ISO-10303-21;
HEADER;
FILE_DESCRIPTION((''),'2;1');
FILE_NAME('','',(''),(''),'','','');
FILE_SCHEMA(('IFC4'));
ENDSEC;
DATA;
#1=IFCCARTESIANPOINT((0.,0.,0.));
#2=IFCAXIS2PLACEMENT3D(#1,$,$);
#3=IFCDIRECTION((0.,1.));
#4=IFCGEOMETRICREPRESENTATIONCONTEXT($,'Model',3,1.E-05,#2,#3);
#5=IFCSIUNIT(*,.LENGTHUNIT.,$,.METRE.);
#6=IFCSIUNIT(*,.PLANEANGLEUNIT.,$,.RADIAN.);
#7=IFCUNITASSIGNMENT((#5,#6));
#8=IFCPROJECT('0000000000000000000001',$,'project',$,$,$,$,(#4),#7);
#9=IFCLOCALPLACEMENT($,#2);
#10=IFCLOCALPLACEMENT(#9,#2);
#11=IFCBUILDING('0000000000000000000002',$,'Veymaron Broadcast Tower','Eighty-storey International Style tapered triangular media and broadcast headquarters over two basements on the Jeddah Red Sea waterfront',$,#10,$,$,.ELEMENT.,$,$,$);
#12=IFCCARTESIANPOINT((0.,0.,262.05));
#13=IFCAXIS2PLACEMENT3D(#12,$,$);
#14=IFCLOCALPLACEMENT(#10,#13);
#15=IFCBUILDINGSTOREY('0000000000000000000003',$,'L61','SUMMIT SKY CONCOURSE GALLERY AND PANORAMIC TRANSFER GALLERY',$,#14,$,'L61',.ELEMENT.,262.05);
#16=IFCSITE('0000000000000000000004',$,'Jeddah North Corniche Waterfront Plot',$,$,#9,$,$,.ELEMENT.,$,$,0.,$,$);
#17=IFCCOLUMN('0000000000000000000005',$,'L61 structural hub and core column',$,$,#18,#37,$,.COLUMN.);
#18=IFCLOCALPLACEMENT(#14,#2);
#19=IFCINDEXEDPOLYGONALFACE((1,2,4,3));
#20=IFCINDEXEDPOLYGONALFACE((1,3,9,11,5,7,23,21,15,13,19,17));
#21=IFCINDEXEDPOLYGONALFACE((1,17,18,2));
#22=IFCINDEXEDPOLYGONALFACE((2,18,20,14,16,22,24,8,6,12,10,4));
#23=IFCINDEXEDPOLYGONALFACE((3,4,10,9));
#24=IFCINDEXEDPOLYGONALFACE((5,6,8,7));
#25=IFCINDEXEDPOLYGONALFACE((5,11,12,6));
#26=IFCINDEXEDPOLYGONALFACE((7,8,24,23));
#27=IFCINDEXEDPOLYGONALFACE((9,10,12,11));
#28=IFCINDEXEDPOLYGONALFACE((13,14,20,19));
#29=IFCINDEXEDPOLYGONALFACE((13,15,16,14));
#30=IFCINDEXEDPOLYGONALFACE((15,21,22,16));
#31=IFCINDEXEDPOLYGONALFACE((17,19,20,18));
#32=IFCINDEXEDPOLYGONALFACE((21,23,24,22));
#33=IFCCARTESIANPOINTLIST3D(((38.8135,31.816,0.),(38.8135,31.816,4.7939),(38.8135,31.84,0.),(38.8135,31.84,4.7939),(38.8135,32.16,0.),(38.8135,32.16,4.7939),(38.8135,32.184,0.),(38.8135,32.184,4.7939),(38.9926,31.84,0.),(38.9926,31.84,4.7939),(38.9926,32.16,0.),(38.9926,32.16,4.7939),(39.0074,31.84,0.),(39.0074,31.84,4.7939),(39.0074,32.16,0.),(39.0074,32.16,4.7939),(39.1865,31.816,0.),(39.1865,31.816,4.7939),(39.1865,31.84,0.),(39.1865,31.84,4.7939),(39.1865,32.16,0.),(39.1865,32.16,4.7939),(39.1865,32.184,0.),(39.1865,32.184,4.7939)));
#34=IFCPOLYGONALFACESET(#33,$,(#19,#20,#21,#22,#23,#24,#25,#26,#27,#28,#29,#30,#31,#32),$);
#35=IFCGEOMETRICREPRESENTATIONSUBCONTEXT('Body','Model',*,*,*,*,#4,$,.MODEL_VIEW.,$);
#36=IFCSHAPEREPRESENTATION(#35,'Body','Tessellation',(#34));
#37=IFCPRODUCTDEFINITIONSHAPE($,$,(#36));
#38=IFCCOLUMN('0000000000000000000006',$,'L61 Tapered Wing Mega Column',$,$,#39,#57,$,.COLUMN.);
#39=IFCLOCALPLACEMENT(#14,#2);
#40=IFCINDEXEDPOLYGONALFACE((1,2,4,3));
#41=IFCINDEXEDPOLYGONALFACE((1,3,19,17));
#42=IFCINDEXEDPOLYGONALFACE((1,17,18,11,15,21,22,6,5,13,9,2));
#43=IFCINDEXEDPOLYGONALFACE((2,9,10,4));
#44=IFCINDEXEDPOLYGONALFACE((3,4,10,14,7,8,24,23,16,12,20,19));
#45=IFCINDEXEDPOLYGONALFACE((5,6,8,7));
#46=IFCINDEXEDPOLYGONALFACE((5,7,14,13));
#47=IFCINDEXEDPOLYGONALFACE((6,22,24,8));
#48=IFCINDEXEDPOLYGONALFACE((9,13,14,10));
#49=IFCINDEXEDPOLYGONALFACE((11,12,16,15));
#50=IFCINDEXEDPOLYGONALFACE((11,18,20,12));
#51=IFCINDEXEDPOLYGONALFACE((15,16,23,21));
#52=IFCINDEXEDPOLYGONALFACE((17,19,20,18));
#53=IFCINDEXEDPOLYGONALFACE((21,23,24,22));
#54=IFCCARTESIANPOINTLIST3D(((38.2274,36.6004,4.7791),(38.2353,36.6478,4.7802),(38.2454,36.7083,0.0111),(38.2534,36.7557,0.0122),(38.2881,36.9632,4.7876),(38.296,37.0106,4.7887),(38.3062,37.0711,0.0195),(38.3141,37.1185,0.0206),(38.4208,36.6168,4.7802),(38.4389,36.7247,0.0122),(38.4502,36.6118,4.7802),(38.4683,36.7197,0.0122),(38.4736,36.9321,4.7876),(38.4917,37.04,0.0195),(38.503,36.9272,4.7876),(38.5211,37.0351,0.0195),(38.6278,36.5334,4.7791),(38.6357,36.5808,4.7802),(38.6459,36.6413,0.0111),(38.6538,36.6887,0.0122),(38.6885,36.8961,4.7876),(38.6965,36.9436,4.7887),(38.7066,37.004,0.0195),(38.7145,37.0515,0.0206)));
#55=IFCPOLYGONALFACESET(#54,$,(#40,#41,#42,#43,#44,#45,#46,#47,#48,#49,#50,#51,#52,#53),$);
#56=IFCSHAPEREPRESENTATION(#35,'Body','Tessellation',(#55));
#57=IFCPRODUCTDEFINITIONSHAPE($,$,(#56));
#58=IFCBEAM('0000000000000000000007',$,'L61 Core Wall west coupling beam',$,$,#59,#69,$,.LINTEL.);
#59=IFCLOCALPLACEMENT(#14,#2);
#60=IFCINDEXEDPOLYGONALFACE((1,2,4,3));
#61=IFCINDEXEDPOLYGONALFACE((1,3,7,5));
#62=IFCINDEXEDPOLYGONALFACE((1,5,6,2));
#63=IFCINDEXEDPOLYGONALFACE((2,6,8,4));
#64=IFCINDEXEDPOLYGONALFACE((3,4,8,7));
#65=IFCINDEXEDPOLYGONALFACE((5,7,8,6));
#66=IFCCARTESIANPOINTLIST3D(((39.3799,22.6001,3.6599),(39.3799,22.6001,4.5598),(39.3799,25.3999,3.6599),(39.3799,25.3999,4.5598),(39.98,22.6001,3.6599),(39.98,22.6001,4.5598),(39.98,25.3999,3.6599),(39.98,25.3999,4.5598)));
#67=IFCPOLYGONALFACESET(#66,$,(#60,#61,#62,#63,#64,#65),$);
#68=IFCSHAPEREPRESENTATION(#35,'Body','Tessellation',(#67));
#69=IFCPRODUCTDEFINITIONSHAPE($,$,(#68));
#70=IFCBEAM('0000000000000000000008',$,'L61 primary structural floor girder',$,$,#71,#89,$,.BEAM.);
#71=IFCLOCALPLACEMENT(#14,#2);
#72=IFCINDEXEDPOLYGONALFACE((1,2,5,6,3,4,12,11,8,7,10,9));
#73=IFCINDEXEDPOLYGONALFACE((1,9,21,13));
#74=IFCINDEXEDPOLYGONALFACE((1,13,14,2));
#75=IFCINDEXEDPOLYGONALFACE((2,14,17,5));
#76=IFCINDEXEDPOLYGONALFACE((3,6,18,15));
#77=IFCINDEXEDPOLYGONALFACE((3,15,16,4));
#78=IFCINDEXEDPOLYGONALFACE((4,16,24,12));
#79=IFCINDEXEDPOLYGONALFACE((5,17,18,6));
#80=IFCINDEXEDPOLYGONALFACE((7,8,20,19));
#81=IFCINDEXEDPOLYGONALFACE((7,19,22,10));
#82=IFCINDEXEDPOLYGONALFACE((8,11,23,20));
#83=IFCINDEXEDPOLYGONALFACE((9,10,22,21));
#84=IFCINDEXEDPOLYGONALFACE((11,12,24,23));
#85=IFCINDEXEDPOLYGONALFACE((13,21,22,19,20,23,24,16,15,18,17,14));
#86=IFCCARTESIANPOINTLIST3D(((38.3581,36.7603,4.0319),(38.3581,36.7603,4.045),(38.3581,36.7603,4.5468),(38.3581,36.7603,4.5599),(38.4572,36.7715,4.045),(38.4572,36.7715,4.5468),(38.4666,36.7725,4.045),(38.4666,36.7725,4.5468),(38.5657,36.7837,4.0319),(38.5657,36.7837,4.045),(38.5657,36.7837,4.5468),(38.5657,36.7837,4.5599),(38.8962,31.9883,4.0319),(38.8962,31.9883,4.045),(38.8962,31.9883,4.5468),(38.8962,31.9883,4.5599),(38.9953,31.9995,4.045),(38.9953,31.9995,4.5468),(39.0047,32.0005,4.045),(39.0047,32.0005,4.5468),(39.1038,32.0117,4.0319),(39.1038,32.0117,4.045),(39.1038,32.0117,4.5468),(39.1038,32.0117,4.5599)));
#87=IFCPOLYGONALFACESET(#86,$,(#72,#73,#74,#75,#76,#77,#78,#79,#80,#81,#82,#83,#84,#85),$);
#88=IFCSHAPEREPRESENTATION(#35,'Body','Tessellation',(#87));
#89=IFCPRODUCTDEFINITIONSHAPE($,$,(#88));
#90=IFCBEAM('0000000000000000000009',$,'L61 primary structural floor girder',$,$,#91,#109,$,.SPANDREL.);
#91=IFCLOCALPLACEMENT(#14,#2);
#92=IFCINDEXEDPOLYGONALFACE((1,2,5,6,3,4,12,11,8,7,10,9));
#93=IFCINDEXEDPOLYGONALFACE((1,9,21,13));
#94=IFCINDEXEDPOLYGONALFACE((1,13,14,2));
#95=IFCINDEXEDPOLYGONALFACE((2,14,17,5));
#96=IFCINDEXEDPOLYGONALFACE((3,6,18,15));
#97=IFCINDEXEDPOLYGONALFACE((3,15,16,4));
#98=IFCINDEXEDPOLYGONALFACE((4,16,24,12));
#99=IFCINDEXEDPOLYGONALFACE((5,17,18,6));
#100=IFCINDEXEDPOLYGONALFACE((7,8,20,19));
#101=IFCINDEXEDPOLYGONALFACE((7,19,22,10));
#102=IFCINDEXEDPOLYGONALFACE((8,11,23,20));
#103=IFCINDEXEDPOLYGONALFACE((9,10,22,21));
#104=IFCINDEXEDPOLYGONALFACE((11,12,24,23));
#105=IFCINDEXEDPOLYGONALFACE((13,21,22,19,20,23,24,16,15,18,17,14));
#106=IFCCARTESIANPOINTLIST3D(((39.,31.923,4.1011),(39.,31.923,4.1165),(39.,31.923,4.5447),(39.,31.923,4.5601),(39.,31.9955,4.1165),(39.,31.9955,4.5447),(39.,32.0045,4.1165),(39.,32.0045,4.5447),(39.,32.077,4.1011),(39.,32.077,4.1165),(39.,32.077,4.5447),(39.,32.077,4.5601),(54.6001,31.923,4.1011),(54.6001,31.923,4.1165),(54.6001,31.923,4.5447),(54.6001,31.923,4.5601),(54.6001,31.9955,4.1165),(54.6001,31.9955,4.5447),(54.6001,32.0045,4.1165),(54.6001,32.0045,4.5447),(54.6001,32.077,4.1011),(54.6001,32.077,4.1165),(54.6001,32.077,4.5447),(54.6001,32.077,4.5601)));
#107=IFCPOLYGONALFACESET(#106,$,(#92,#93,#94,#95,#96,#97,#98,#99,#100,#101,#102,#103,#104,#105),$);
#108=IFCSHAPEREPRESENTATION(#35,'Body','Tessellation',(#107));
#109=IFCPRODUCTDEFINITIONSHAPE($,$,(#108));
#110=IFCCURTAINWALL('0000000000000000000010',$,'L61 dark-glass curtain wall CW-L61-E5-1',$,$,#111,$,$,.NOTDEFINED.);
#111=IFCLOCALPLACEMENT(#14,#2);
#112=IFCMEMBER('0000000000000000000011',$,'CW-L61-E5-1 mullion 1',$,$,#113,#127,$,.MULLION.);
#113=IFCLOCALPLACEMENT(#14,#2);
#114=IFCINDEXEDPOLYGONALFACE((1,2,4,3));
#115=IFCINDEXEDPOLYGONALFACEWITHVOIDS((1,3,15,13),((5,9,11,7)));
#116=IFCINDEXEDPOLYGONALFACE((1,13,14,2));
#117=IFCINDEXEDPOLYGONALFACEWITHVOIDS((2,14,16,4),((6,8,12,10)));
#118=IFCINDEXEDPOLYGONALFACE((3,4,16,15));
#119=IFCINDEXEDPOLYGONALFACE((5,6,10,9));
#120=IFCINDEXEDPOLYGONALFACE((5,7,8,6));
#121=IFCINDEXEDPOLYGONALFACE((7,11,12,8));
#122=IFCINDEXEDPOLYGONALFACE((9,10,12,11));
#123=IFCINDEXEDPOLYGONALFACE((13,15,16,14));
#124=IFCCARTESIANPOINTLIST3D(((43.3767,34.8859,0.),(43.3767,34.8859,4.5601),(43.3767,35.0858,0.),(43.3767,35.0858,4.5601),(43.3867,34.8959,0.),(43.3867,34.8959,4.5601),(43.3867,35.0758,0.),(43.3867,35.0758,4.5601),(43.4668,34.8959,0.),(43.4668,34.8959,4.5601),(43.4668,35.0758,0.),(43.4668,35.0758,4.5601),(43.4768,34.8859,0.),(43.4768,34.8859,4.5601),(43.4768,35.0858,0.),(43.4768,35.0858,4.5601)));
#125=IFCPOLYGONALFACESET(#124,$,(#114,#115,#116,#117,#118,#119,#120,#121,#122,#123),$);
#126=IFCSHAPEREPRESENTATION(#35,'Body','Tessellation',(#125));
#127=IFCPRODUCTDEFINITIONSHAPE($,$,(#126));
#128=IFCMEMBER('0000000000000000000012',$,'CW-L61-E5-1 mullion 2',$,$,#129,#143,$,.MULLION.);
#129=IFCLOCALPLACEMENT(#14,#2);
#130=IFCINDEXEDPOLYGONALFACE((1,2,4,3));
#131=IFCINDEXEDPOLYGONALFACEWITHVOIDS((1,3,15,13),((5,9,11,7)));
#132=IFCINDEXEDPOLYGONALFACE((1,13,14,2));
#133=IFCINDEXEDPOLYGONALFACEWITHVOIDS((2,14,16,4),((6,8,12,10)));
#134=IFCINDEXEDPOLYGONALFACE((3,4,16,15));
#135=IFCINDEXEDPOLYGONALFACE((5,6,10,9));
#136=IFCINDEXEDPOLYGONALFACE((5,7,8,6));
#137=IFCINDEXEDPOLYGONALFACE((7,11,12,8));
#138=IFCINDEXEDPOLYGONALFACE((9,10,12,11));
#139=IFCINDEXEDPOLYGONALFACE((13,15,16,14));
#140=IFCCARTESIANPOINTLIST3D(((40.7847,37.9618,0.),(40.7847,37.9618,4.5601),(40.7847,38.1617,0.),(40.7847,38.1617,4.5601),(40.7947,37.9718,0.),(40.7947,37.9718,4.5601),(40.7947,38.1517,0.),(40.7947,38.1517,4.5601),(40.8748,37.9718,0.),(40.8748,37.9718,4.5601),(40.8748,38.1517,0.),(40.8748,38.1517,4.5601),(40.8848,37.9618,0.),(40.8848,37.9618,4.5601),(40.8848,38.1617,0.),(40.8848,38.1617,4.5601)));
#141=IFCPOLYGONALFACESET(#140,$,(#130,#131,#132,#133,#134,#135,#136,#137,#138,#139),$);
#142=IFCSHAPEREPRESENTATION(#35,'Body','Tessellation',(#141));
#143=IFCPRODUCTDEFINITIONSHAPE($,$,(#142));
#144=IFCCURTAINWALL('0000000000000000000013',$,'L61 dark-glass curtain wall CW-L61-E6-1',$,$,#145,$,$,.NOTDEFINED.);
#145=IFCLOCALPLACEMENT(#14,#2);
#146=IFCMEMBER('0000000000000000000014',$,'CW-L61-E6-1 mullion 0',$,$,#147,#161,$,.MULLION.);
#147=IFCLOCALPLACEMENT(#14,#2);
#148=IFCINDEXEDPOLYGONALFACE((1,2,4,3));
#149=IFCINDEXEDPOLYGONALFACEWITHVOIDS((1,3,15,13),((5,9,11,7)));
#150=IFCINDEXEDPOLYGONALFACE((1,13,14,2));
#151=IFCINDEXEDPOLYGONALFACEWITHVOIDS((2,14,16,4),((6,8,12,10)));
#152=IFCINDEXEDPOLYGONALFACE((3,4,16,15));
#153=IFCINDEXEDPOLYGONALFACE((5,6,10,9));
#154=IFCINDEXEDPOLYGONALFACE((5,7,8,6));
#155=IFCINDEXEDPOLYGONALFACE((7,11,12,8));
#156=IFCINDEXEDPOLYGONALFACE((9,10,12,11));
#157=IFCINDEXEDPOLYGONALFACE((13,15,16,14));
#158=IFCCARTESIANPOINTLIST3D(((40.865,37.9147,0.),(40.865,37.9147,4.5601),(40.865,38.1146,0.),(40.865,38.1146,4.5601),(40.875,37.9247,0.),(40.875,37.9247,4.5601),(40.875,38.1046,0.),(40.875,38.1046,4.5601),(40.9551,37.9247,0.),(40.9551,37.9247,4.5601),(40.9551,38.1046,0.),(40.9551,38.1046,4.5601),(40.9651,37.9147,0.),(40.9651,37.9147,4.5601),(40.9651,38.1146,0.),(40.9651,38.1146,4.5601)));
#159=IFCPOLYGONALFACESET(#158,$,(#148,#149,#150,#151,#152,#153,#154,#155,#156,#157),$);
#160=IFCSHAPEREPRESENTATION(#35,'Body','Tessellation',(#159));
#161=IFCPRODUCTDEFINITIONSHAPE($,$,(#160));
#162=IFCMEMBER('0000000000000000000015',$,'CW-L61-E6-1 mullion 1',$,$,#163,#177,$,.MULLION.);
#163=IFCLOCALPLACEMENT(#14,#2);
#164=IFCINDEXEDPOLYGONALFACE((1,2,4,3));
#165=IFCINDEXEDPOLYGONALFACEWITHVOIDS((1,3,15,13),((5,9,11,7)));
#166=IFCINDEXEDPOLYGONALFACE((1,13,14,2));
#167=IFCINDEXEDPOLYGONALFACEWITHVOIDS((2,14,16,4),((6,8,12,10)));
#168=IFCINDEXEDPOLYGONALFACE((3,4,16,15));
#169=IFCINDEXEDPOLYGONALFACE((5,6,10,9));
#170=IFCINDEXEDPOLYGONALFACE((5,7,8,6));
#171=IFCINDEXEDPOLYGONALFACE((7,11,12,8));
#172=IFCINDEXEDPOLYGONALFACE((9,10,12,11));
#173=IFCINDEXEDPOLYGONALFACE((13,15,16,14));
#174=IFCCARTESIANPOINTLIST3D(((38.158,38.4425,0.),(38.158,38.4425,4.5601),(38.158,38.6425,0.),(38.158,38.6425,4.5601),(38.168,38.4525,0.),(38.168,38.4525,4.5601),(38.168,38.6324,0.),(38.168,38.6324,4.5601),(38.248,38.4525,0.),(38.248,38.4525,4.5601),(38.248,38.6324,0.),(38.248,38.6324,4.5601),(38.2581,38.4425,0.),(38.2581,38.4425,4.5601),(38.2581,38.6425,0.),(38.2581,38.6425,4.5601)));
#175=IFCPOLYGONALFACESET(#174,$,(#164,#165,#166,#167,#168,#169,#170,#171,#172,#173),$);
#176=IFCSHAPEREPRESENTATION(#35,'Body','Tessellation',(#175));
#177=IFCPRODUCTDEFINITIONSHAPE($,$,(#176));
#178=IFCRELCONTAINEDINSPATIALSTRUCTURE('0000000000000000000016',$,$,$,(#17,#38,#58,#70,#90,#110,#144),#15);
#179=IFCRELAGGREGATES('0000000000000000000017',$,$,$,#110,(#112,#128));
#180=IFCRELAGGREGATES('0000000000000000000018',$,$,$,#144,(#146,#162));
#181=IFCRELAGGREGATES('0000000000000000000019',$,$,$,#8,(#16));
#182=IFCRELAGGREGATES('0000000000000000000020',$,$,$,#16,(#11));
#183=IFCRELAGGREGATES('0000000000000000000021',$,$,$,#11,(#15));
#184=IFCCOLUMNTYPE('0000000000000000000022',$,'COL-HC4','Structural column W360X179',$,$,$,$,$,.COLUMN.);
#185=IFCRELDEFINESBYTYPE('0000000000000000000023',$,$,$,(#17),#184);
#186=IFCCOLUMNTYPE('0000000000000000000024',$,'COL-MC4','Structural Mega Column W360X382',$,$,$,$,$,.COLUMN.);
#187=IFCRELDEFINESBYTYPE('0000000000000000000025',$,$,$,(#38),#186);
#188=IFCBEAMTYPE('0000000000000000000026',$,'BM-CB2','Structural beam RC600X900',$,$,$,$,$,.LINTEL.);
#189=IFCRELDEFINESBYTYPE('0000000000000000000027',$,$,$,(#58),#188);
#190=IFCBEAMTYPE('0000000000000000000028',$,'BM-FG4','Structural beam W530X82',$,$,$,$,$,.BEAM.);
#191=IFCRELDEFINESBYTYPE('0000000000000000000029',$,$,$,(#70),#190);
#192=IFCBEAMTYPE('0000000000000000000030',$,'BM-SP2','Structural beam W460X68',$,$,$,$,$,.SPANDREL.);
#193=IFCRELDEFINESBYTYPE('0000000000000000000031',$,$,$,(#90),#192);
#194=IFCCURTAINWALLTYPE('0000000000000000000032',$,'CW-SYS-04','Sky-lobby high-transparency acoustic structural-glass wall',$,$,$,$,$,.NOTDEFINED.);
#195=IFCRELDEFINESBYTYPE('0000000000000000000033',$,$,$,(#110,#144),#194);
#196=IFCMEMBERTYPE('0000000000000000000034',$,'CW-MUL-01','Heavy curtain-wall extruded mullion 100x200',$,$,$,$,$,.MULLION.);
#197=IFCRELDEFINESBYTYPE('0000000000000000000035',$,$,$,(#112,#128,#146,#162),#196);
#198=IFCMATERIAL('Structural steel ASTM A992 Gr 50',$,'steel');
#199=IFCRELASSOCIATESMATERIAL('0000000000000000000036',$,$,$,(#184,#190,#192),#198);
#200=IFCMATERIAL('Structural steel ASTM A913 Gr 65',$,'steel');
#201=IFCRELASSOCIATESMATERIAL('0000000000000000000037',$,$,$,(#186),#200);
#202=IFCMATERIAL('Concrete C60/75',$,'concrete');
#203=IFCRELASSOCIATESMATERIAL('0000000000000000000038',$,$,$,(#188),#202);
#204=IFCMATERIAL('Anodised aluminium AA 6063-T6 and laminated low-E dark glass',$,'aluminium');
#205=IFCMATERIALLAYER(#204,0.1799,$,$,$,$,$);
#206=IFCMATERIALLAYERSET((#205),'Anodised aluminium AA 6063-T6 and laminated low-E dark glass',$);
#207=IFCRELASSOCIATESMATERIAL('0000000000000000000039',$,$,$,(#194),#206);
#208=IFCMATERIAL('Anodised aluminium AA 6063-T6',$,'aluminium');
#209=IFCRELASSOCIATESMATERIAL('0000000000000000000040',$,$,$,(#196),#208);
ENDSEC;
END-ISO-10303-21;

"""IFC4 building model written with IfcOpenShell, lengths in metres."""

from ifc_helpers import new_model, si_unit, direction, frame, origin, origin_2d, place, context, subcontext, project, spatial, rectangle, hollow_rectangle, i_section, extrude, material, layer, layer_set, material_profile, profile_set, type_object, element, aggregate, save


model = new_model("IFC4")

# Units and contexts
model_context = context("Model", 3, precision=1e-05, world=origin(), true_north=direction((0.0, 1.0)))
body_context = subcontext(model_context, "Body", "Model", "MODEL_VIEW")
ifc_project = project(units=[si_unit("LENGTHUNIT", "METRE"), si_unit("PLANEANGLEUNIT", "RADIAN")], contexts=[model_context])

# Site, building, storey
site_placement = place(None, origin())
site = spatial("IfcSite", under=ifc_project, at=site_placement, Name="Jeddah North Corniche Waterfront Plot", CompositionType="ELEMENT", RefElevation=0.0)
building_placement = place(site_placement, origin())
building = spatial("IfcBuilding", under=site, at=building_placement, Name="Veymaron Broadcast Tower", Description="Eighty-storey International Style tapered triangular media and broadcast headquarters over two basements on the Jeddah Red Sea waterfront", CompositionType="ELEMENT")
storey_placement = place(building_placement, frame((0.0, 0.0, 262.05)))
storey = spatial("IfcBuildingStorey", under=building, at=storey_placement, Name="L61", Description="SUMMIT SKY CONCOURSE GALLERY AND PANORAMIC TRANSFER GALLERY", LongName="L61", CompositionType="ELEMENT", Elevation=262.05)

# Columns
ifc_material_1 = material(Name="Structural steel ASTM A992 Gr 50", Category="steel")
ifc_material_profile_1 = material_profile(ifc_material_1, i_section(OverallWidth=0.373, OverallDepth=0.3679, WebThickness=0.0149, FlangeThickness=0.0239, at=origin_2d()), Name="W360X179")
ifc_profile_set_1 = profile_set([ifc_material_profile_1], Name="Structural steel ASTM A992 Gr 50")
column_type_1 = type_object("IfcColumnType", Name="COL-HC4", Description="Structural column W360X179", PredefinedType="COLUMN", material=ifc_profile_set_1)
column_1_placement = place(storey_placement, frame((39.0, 32.0, 0.0), z_axis=(0.0, 0.0, 1.0), x_axis=(1.0, 0.0, 0.0)))
element("IfcColumn", 1, at=column_1_placement, inside=storey, type_object=column_type_1, Name="L61 structural hub and core column", PredefinedType="COLUMN", context=body_context, shape_type="SweptSolid", body=[
    extrude(i_section(OverallWidth=0.373, OverallDepth=0.3679, WebThickness=0.0149, FlangeThickness=0.0239, at=origin_2d()), origin(), (0.0, 0.0, 1.0), 4.7939),
])
ifc_material_2 = material(Name="Structural steel ASTM A913 Gr 65", Category="steel")
ifc_material_profile_2 = material_profile(ifc_material_2, i_section(OverallWidth=0.406, OverallDepth=0.416, WebThickness=0.0298, FlangeThickness=0.0481, at=origin_2d()), Name="W360X382")
ifc_profile_set_2 = profile_set([ifc_material_profile_2], Name="Structural steel ASTM A913 Gr 65")
column_type_2 = type_object("IfcColumnType", Name="COL-MC4", Description="Structural Mega Column W360X382", PredefinedType="COLUMN", material=ifc_profile_set_2)
column_2_placement = place(storey_placement, frame((38.48, 36.8799, 0.0159), z_axis=(-0.003788, -0.022626, 0.999737), x_axis=(0.986273, -0.165123, 0.0)))
element("IfcColumn", 2, at=column_2_placement, inside=storey, type_object=column_type_2, Name="L61 Tapered Wing Mega Column", PredefinedType="COLUMN", context=body_context, shape_type="SweptSolid", body=[
    extrude(i_section(OverallWidth=0.406, OverallDepth=0.416, WebThickness=0.0298, FlangeThickness=0.0481, at=origin_2d()), origin(), (0.0, 0.0, 1.0), 4.7693),
])

# Beams
ifc_material_3 = material(Name="Concrete C60/75", Category="concrete")
ifc_material_profile_3 = material_profile(ifc_material_3, rectangle(XDim=0.6001, YDim=0.8999, at=origin_2d()), Name="RC600X900")
ifc_profile_set_3 = profile_set([ifc_material_profile_3], Name="Concrete C60/75")
beam_type_1 = type_object("IfcBeamType", Name="BM-CB2", Description="Structural beam RC600X900", PredefinedType="LINTEL", material=ifc_profile_set_3)
beam_1_placement = place(storey_placement, frame((39.6799, 22.6001, 4.1099), z_axis=(0.0, 1.0, 0.0), x_axis=(-1.0, 0.0, 0.0)))
element("IfcBeam", 3, at=beam_1_placement, inside=storey, type_object=beam_type_1, Name="L61 Core Wall west coupling beam", PredefinedType="LINTEL", context=body_context, shape_type="SweptSolid", body=[
    extrude(rectangle(XDim=0.6001, YDim=0.8999, at=origin_2d()), origin(), (0.0, 0.0, 1.0), 2.7998),
])
ifc_material_profile_4 = material_profile(ifc_material_1, i_section(OverallWidth=0.209, OverallDepth=0.5281, WebThickness=0.0095, FlangeThickness=0.0132, at=origin_2d()), Name="W530X82")
ifc_profile_set_4 = profile_set([ifc_material_profile_4], Name="Structural steel ASTM A992 Gr 50")
beam_type_2 = type_object("IfcBeamType", Name="BM-FG4", Description="Structural beam W530X82", PredefinedType="BEAM", material=ifc_profile_set_4)
beam_2_placement = place(storey_placement, frame((39.0, 32.0, 4.2959), z_axis=(-0.11205, 0.993703, 0.0), x_axis=(-0.993703, -0.11205, 0.0)))
element("IfcBeam", 4, at=beam_2_placement, inside=storey, type_object=beam_type_2, Name="L61 primary structural floor girder", PredefinedType="BEAM", context=body_context, shape_type="SweptSolid", body=[
    extrude(i_section(OverallWidth=0.209, OverallDepth=0.5281, WebThickness=0.0095, FlangeThickness=0.0132, at=origin_2d()), origin(), (0.0, 0.0, 1.0), 4.8022),
])
ifc_material_profile_5 = material_profile(ifc_material_1, i_section(OverallWidth=0.1541, OverallDepth=0.459, WebThickness=0.009, FlangeThickness=0.0154, at=origin_2d()), Name="W460X68")
ifc_profile_set_5 = profile_set([ifc_material_profile_5], Name="Structural steel ASTM A992 Gr 50")
beam_type_3 = type_object("IfcBeamType", Name="BM-SP2", Description="Structural beam W460X68", PredefinedType="SPANDREL", material=ifc_profile_set_5)
beam_3_placement = place(storey_placement, frame((39.0, 32.0, 4.3306), z_axis=(1.0, 0.0, 0.0), x_axis=(0.0, 1.0, 0.0)))
element("IfcBeam", 5, at=beam_3_placement, inside=storey, type_object=beam_type_3, Name="L61 primary structural floor girder", PredefinedType="SPANDREL", context=body_context, shape_type="SweptSolid", body=[
    extrude(i_section(OverallWidth=0.1541, OverallDepth=0.459, WebThickness=0.009, FlangeThickness=0.0154, at=origin_2d()), origin(), (0.0, 0.0, 1.0), 15.6001),
])

# Curtain walls, members
ifc_material_4 = material(Name="Anodised aluminium AA 6063-T6 and laminated low-E dark glass", Category="aluminium")
ifc_layer_1 = layer(ifc_material_4, 0.1799)
ifc_layer_set_1 = layer_set([ifc_layer_1], Name="Anodised aluminium AA 6063-T6 and laminated low-E dark glass")
curtain_wall_type = type_object("IfcCurtainWallType", Name="CW-SYS-04", Description="Sky-lobby high-transparency acoustic structural-glass wall", PredefinedType="NOTDEFINED", material=ifc_layer_set_1)
curtain_wall_1_placement = place(storey_placement, origin())
curtain_wall_1 = element("IfcCurtainWall", 6, at=curtain_wall_1_placement, inside=storey, type_object=curtain_wall_type, Name="L61 dark-glass curtain wall CW-L61-E5-1", PredefinedType="NOTDEFINED")
ifc_material_5 = material(Name="Anodised aluminium AA 6063-T6", Category="aluminium")
ifc_material_profile_6 = material_profile(ifc_material_5, hollow_rectangle(XDim=0.1001, YDim=0.2, WallThickness=0.01, at=origin_2d()), Name="RHS200X100X10")
ifc_profile_set_6 = profile_set([ifc_material_profile_6], Name="Anodised aluminium AA 6063-T6")
member_type_1 = type_object("IfcMemberType", Name="CW-MUL-01", Description="Heavy curtain-wall extruded mullion 100x200", PredefinedType="MULLION", material=ifc_profile_set_6)
member_1_placement = place(storey_placement, frame((43.4268, 34.9858, 0.0), z_axis=(0.0, 0.0, 1.0), x_axis=(1.0, 0.0, 0.0)))
member_1 = element("IfcMember", 7, at=member_1_placement, type_object=member_type_1, Name="CW-L61-E5-1 mullion 1", PredefinedType="MULLION", context=body_context, shape_type="SweptSolid", body=[
    extrude(hollow_rectangle(XDim=0.1001, YDim=0.2, WallThickness=0.01, at=origin_2d()), origin(), (0.0, 0.0, 1.0), 4.5601),
])
member_2_placement = place(storey_placement, frame((40.8347, 38.0618, 0.0), z_axis=(0.0, 0.0, 1.0), x_axis=(1.0, 0.0, 0.0)))
member_2 = element("IfcMember", 8, at=member_2_placement, type_object=member_type_1, Name="CW-L61-E5-1 mullion 2", PredefinedType="MULLION", context=body_context, shape_type="SweptSolid", body=[
    extrude(hollow_rectangle(XDim=0.1001, YDim=0.2, WallThickness=0.01, at=origin_2d()), origin(), (0.0, 0.0, 1.0), 4.5601),
])
curtain_wall_2_placement = place(storey_placement, origin())
curtain_wall_2 = element("IfcCurtainWall", 9, at=curtain_wall_2_placement, inside=storey, type_object=curtain_wall_type, Name="L61 dark-glass curtain wall CW-L61-E6-1", PredefinedType="NOTDEFINED")
member_3_placement = place(storey_placement, frame((40.915, 38.0146, 0.0), z_axis=(0.0, 0.0, 1.0), x_axis=(1.0, 0.0, 0.0)))
member_3 = element("IfcMember", 10, at=member_3_placement, type_object=member_type_1, Name="CW-L61-E6-1 mullion 0", PredefinedType="MULLION", context=body_context, shape_type="SweptSolid", body=[
    extrude(hollow_rectangle(XDim=0.1001, YDim=0.2, WallThickness=0.01, at=origin_2d()), origin(), (0.0, 0.0, 1.0), 4.5601),
])
member_4_placement = place(storey_placement, frame((38.208, 38.5425, 0.0), z_axis=(0.0, 0.0, 1.0), x_axis=(1.0, 0.0, 0.0)))
member_4 = element("IfcMember", 11, at=member_4_placement, type_object=member_type_1, Name="CW-L61-E6-1 mullion 1", PredefinedType="MULLION", context=body_context, shape_type="SweptSolid", body=[
    extrude(hollow_rectangle(XDim=0.1001, YDim=0.2, WallThickness=0.01, at=origin_2d()), origin(), (0.0, 0.0, 1.0), 4.5601),
])

aggregate(curtain_wall_1, [member_1, member_2])
aggregate(curtain_wall_2, [member_3, member_4])

save(model, "model.ifc")
